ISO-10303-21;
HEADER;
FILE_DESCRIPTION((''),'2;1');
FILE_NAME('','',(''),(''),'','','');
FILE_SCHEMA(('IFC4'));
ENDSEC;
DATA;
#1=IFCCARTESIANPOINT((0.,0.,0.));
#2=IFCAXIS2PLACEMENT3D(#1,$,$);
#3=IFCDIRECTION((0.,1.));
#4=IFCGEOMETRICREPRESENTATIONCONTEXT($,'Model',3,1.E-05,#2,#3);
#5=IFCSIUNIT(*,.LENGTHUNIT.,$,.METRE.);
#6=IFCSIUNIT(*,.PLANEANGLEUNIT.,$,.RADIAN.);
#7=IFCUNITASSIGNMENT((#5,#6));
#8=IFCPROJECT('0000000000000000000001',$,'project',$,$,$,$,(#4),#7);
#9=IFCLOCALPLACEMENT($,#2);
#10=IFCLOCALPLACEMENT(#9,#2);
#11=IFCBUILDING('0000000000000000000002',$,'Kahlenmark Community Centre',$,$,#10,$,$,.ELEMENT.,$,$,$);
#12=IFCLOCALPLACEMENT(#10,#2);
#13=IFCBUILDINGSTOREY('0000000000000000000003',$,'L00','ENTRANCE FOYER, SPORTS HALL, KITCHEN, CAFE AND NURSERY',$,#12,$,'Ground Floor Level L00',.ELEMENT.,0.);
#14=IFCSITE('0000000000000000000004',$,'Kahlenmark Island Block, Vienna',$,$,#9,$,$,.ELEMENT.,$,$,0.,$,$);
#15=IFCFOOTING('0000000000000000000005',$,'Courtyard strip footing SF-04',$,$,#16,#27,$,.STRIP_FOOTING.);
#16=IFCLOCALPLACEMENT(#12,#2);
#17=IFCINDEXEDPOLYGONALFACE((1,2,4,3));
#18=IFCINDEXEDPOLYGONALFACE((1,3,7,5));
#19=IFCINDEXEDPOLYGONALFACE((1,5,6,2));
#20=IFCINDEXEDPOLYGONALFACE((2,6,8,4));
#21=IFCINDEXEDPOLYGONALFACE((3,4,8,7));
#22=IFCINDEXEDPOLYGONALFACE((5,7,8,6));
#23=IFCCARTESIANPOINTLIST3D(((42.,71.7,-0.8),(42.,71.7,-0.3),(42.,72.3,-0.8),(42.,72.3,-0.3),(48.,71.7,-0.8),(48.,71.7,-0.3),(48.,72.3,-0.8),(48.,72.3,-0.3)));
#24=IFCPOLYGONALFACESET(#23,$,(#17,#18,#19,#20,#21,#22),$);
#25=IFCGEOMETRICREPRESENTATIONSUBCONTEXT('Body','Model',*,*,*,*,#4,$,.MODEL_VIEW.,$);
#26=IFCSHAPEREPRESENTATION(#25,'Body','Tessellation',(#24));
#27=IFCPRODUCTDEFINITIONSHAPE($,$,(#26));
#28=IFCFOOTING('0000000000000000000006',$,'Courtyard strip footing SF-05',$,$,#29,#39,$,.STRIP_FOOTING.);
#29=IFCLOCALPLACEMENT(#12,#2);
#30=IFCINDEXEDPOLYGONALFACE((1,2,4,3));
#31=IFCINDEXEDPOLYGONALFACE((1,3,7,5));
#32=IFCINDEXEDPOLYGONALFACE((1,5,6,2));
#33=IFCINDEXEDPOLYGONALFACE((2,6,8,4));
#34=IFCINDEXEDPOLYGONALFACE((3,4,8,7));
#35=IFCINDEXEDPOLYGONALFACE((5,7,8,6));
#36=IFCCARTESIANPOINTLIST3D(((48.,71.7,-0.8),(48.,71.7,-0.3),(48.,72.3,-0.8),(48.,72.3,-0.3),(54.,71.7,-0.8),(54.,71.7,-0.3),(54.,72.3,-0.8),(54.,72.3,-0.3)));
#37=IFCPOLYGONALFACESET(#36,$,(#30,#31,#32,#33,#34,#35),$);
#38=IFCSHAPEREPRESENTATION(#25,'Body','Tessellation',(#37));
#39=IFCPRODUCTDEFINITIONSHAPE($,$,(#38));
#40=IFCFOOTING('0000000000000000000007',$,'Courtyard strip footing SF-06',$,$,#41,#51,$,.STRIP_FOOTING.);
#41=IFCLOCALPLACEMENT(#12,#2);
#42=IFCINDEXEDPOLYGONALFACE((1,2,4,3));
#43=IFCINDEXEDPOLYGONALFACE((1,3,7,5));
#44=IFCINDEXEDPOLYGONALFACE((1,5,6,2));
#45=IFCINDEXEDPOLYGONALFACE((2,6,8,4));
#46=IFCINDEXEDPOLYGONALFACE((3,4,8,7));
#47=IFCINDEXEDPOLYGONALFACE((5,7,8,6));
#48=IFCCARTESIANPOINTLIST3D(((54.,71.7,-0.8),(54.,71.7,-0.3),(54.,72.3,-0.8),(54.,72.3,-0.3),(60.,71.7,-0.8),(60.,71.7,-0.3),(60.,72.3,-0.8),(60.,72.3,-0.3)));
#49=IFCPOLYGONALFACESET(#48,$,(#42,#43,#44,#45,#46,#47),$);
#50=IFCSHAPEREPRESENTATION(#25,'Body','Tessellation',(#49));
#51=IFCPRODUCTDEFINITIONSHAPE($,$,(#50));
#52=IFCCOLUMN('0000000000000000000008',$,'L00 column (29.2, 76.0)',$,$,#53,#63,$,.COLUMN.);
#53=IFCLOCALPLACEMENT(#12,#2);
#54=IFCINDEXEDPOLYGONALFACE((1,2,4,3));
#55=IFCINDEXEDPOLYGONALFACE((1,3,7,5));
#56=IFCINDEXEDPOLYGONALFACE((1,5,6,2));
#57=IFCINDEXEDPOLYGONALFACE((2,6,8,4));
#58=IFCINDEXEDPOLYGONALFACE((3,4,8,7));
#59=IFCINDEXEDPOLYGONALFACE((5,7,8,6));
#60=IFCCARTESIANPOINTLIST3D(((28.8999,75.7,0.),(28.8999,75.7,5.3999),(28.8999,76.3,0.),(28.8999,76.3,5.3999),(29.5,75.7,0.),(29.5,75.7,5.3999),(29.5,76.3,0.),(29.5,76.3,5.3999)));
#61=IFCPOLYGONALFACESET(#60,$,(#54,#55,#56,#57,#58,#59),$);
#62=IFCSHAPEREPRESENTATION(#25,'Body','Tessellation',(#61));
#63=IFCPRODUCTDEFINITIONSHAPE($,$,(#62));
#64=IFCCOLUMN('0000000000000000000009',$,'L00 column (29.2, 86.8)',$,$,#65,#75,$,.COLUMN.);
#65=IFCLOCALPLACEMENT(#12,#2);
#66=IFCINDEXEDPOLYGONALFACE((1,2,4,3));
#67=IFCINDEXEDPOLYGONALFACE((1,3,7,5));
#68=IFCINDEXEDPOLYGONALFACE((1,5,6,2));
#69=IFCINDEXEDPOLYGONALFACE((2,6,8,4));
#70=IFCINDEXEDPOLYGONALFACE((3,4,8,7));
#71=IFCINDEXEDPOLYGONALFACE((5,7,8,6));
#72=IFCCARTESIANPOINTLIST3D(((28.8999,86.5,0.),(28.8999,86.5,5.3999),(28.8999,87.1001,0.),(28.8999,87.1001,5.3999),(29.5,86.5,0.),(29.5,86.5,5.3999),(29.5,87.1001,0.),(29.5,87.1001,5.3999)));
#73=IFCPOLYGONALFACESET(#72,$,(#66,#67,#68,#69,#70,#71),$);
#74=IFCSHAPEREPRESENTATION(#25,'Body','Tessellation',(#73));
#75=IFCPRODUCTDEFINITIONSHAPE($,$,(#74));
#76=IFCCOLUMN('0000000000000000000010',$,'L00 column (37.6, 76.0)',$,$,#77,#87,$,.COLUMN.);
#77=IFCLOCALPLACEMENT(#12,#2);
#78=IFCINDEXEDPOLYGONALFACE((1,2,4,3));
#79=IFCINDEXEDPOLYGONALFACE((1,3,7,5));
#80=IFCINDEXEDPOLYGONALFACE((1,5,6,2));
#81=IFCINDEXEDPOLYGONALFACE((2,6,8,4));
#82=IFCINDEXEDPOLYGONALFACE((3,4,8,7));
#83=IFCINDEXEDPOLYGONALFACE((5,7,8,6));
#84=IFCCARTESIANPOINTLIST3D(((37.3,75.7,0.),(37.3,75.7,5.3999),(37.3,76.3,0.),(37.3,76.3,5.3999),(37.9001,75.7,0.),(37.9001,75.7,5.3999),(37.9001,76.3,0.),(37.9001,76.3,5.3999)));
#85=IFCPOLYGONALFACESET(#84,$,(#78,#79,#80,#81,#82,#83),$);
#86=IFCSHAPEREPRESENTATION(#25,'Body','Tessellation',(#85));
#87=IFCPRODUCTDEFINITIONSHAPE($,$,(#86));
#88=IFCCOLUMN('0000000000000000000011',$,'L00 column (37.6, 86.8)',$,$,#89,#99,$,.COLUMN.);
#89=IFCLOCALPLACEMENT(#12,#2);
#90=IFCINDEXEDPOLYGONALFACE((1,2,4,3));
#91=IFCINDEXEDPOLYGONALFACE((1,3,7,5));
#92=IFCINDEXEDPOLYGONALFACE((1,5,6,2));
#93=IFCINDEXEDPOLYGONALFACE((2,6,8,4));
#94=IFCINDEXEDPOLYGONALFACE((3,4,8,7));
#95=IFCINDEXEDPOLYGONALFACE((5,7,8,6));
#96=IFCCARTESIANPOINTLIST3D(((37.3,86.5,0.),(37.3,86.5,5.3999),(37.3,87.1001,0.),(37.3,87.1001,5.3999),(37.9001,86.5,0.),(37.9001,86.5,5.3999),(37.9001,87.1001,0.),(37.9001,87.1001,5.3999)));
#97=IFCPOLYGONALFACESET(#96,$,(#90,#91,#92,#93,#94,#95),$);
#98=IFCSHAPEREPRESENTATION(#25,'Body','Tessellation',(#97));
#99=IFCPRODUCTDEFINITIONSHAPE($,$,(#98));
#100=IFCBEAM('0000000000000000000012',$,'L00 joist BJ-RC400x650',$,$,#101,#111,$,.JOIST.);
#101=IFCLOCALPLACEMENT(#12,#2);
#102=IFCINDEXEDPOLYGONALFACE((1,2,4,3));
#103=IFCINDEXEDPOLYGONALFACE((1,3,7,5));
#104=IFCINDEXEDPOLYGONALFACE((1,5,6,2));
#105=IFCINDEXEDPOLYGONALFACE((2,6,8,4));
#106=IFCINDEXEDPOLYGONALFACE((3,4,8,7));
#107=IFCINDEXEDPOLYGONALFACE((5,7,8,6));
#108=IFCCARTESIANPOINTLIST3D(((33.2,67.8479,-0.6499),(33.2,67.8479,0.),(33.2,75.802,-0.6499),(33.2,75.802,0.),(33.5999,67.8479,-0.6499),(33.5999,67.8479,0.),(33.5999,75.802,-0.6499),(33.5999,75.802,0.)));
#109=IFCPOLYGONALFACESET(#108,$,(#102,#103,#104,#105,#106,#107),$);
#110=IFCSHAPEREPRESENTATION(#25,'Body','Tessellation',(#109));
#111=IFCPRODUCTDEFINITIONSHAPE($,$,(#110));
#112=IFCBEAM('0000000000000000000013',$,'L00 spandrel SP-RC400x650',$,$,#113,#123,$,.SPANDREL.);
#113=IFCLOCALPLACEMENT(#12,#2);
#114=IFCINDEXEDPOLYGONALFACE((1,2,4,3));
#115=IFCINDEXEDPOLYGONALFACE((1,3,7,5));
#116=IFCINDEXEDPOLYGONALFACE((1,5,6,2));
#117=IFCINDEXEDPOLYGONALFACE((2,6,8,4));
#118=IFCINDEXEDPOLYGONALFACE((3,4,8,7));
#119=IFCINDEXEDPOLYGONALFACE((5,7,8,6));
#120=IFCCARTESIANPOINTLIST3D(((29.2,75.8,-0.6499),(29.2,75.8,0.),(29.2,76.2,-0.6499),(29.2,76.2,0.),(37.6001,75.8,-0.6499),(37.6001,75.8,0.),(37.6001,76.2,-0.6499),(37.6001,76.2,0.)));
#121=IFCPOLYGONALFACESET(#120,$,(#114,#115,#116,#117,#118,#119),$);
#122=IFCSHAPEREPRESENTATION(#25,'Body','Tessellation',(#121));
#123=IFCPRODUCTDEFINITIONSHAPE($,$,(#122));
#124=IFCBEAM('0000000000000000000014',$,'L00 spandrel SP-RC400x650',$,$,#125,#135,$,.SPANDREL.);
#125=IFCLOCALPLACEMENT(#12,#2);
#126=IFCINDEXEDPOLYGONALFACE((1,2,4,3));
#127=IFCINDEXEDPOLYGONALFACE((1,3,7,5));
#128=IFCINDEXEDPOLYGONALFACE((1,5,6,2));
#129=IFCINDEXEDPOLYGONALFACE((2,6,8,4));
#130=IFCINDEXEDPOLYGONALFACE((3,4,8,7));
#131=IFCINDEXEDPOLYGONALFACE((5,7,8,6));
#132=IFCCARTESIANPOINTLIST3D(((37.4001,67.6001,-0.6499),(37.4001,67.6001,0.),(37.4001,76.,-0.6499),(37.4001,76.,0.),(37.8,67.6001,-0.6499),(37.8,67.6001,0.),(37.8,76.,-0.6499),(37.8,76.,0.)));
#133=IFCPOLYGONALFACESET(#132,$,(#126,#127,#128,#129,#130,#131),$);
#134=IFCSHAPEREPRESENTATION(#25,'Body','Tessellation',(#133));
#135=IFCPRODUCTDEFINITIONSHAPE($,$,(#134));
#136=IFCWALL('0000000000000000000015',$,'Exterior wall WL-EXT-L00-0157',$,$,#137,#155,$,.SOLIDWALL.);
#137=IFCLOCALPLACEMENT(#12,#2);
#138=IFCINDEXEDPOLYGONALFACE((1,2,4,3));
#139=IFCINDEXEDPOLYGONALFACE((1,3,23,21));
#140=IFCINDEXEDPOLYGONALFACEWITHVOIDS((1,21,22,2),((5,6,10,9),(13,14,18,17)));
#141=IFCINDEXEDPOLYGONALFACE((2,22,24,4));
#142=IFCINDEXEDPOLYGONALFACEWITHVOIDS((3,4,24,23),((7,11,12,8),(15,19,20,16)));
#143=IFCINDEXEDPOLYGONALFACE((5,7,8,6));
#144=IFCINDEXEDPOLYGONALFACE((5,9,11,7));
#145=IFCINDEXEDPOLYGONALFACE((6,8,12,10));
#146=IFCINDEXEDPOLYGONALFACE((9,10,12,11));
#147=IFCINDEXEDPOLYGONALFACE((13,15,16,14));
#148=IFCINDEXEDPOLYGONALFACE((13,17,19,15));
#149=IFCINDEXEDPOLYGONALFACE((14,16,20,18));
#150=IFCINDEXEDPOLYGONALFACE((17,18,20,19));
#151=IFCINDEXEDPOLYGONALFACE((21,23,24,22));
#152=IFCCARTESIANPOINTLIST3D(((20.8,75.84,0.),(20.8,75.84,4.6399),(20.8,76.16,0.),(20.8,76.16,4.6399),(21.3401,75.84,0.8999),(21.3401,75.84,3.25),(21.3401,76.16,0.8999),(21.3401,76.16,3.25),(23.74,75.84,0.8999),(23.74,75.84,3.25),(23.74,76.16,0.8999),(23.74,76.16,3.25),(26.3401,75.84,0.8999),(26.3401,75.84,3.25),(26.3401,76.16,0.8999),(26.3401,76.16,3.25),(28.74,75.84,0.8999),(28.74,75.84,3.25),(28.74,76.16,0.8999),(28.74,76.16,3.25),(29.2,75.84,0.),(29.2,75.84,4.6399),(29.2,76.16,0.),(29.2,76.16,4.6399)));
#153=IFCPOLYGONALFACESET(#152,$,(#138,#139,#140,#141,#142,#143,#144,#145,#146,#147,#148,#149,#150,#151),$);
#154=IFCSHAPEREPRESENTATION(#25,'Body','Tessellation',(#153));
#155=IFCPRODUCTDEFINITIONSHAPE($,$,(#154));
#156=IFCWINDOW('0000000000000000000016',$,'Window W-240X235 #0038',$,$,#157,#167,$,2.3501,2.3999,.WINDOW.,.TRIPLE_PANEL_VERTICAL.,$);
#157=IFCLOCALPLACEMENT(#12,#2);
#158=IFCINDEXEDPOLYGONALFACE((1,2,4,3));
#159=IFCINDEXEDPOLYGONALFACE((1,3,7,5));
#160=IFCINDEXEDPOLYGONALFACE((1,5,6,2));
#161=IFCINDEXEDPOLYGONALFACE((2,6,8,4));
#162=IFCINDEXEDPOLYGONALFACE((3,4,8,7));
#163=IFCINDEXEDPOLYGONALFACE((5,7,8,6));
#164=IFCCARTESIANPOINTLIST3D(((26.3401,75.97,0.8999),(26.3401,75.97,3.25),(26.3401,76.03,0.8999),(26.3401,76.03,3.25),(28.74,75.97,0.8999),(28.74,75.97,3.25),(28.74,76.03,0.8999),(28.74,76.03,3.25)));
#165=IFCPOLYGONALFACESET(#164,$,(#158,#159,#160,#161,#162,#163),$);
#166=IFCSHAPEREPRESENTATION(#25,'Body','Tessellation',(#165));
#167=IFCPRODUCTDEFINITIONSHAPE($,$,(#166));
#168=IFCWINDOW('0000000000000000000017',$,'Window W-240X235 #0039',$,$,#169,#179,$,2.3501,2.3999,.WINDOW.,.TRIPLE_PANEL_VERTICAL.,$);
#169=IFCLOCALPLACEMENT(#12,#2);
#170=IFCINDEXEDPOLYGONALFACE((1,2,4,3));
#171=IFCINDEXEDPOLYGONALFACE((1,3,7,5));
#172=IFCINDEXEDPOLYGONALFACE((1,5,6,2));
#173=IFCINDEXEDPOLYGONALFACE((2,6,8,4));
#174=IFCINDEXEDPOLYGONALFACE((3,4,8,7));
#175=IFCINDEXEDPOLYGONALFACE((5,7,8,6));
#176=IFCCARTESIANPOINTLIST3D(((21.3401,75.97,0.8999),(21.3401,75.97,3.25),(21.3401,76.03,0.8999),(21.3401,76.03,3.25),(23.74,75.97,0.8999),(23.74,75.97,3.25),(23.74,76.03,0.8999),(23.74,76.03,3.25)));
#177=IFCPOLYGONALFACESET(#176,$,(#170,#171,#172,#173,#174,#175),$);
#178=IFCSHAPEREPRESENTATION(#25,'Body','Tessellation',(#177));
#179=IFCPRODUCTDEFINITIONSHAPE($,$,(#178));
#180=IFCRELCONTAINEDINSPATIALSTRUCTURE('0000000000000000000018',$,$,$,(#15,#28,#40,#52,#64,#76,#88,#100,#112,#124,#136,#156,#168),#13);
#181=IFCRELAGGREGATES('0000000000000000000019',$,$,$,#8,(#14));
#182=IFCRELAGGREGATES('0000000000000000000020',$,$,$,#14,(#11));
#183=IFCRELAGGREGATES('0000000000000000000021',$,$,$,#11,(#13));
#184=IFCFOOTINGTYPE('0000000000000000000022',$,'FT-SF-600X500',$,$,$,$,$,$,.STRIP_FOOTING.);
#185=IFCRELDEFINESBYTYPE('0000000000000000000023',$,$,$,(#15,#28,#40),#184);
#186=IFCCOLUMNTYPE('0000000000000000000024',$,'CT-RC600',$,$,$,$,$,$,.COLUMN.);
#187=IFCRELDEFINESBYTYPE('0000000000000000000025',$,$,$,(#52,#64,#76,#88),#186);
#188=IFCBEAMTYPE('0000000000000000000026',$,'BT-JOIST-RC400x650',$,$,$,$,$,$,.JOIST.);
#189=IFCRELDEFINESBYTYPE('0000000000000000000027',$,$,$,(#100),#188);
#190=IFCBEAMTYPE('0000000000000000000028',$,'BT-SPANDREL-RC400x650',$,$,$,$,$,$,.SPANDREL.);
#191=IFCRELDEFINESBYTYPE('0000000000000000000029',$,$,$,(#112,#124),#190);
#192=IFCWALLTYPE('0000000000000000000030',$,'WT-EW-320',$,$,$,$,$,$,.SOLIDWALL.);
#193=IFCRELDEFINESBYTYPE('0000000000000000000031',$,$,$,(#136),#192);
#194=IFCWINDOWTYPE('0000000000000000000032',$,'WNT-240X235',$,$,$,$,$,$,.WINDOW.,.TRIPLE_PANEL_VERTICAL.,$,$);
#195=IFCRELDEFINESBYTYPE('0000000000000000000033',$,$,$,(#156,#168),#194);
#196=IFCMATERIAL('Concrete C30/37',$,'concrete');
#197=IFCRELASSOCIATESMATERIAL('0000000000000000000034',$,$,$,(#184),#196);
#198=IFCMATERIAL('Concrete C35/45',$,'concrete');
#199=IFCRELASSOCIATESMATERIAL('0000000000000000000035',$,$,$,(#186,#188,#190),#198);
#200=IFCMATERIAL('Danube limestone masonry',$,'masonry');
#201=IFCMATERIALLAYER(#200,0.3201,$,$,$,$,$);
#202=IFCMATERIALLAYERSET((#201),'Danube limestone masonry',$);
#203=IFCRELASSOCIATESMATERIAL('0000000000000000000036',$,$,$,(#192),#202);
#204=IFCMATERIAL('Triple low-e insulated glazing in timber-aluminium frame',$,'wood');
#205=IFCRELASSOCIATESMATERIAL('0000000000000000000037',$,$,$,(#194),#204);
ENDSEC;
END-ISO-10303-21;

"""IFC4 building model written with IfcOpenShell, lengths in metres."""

from ifc_helpers import new_model, si_unit, direction, frame, frame_2d, origin, origin_2d, place, context, subcontext, project, spatial, rectangle, extrude, material, layer, layer_set, material_profile, profile_set, type_object, element, fill, save


model = new_model("IFC4")

# Units and contexts
model_context = context("Model", 3, precision=1e-05, world=origin(), true_north=direction((0.0, 1.0)))
body_context = subcontext(model_context, "Body", "Model", "MODEL_VIEW")
ifc_project = project(units=[si_unit("LENGTHUNIT", "METRE"), si_unit("PLANEANGLEUNIT", "RADIAN")], contexts=[model_context])

# Site, building, storey
site_placement = place(None, origin())
site = spatial("IfcSite", under=ifc_project, at=site_placement, Name="Kahlenmark Island Block, Vienna", CompositionType="ELEMENT", RefElevation=0.0)
building_placement = place(site_placement, origin())
building = spatial("IfcBuilding", under=site, at=building_placement, Name="Kahlenmark Community Centre", CompositionType="ELEMENT")
storey_placement = place(building_placement, origin())
storey = spatial("IfcBuildingStorey", under=building, at=storey_placement, Name="L00", Description="ENTRANCE FOYER, SPORTS HALL, KITCHEN, CAFE AND NURSERY", LongName="Ground Floor Level L00", CompositionType="ELEMENT", Elevation=0.0)

# Footings
ifc_material_1 = material(Name="Concrete C30/37", Category="concrete")
footing_type = type_object("IfcFootingType", Name="FT-SF-600X500", PredefinedType="STRIP_FOOTING", material=ifc_material_1)
for number, where, z_axis, x_axis, name in (
    (1, (45.0, 72.0, -0.8), (0.0, 0.0, 1.0), (1.0, 0.0, 0.0), "Courtyard strip footing SF-04"),
    (2, (51.0, 72.0, -0.8), (0.0, 0.0, 1.0), (1.0, 0.0, 0.0), "Courtyard strip footing SF-05"),
    (3, (57.0, 72.0, -0.8), (0.0, 0.0, 1.0), (1.0, 0.0, 0.0), "Courtyard strip footing SF-06"),
):
    element("IfcFooting", number, at=place(storey_placement, frame(where, z_axis=z_axis, x_axis=x_axis)), inside=storey, type_object=footing_type, Name=name, PredefinedType="STRIP_FOOTING", context=body_context, shape_type="SweptSolid", body=[
        extrude(rectangle(XDim=6.0, YDim=0.6001, at=origin_2d()), origin(), (0.0, 0.0, 1.0), 0.5),
    ])

# Columns
ifc_material_2 = material(Name="Concrete C35/45", Category="concrete")
ifc_material_profile_1 = material_profile(ifc_material_2, rectangle(XDim=0.6001, YDim=0.6001, at=origin_2d()), Name="RC 600x600")
ifc_profile_set_1 = profile_set([ifc_material_profile_1], Name="Concrete C35/45")
column_type = type_object("IfcColumnType", Name="CT-RC600", PredefinedType="COLUMN", material=ifc_profile_set_1)
for number, where, z_axis, x_axis, name in (
    (4, (29.2, 76.0, 0.0), (0.0, 0.0, 1.0), (1.0, 0.0, 0.0), "L00 column (29.2, 76.0)"),
    (5, (29.2, 86.8, 0.0), (0.0, 0.0, 1.0), (1.0, 0.0, 0.0), "L00 column (29.2, 86.8)"),
    (6, (37.6001, 76.0, 0.0), (0.0, 0.0, 1.0), (1.0, 0.0, 0.0), "L00 column (37.6, 76.0)"),
    (7, (37.6001, 86.8, 0.0), (0.0, 0.0, 1.0), (1.0, 0.0, 0.0), "L00 column (37.6, 86.8)"),
):
    element("IfcColumn", number, at=place(storey_placement, frame(where, z_axis=z_axis, x_axis=x_axis)), inside=storey, type_object=column_type, Name=name, PredefinedType="COLUMN", context=body_context, shape_type="SweptSolid", body=[
        extrude(rectangle(XDim=0.6001, YDim=0.6001, at=origin_2d()), origin(), (0.0, 0.0, 1.0), 5.3999),
    ])

# Beams
ifc_material_profile_2 = material_profile(ifc_material_2, rectangle(XDim=0.3999, YDim=0.6499, at=origin_2d()), Name="RC 400x650")
ifc_profile_set_2 = profile_set([ifc_material_profile_2], Name="Concrete C35/45")
beam_type_1 = type_object("IfcBeamType", Name="BT-JOIST-RC400x650", PredefinedType="JOIST", material=ifc_profile_set_2)
beam_1_placement = place(storey_placement, frame((33.3999, 67.8479, -0.325), z_axis=(0.0, 1.0, 0.0), x_axis=(-1.0, 0.0, 0.0)))
element("IfcBeam", 8, at=beam_1_placement, inside=storey, type_object=beam_type_1, Name="L00 joist BJ-RC400x650", PredefinedType="JOIST", context=body_context, shape_type="SweptSolid", body=[
    extrude(rectangle(XDim=0.3999, YDim=0.6499, at=origin_2d()), origin(), (0.0, 0.0, 1.0), 7.9541),
])
ifc_material_profile_3 = material_profile(ifc_material_2, rectangle(XDim=0.3999, YDim=0.6499, at=origin_2d()), Name="RC 400x650")
ifc_profile_set_3 = profile_set([ifc_material_profile_3], Name="Concrete C35/45")
beam_type_2 = type_object("IfcBeamType", Name="BT-SPANDREL-RC400x650", PredefinedType="SPANDREL", material=ifc_profile_set_3)
beam_2_placement = place(storey_placement, frame((29.2, 76.0, -0.325), z_axis=(1.0, 0.0, 0.0), x_axis=(0.0, 1.0, 0.0)))
element("IfcBeam", 9, at=beam_2_placement, inside=storey, type_object=beam_type_2, Name="L00 spandrel SP-RC400x650", PredefinedType="SPANDREL", context=body_context, shape_type="SweptSolid", body=[
    extrude(rectangle(XDim=0.3999, YDim=0.6499, at=origin_2d()), origin(), (0.0, 0.0, 1.0), 8.4001),
])
beam_3_placement = place(storey_placement, frame((37.6001, 67.6001, -0.325), z_axis=(0.0, 1.0, 0.0), x_axis=(-1.0, 0.0, 0.0)))
element("IfcBeam", 10, at=beam_3_placement, inside=storey, type_object=beam_type_2, Name="L00 spandrel SP-RC400x650", PredefinedType="SPANDREL", context=body_context, shape_type="SweptSolid", body=[
    extrude(rectangle(XDim=0.3999, YDim=0.6499, at=origin_2d()), origin(), (0.0, 0.0, 1.0), 8.3999),
])

# Wall, openings, windows
ifc_material_3 = material(Name="Danube limestone masonry", Category="masonry")
ifc_layer_1 = layer(ifc_material_3, 0.3201)
ifc_layer_set_1 = layer_set([ifc_layer_1], Name="Danube limestone masonry")
wall_type_1 = type_object("IfcWallType", Name="WT-EW-320", PredefinedType="SOLIDWALL", material=ifc_layer_set_1)
wall_1_placement = place(storey_placement, frame((29.2, 76.0, 0.0), z_axis=(0.0, 0.0, 1.0), x_axis=(-1.0, 0.0, 0.0)))
wall_1 = element("IfcWall", 11, at=wall_1_placement, inside=storey, type_object=wall_type_1, Name="Exterior wall WL-EXT-L00-0157", PredefinedType="SOLIDWALL", context=body_context, shape_type="SweptSolid", body=[
    extrude(rectangle(XDim=8.3999, YDim=0.3201, at=frame_2d((4.2, 0.0))), origin(), (0.0, 0.0, 1.0), 4.6399),
])
opening_1_placement = place(wall_1_placement, frame((0.46, 0.0, 0.8999)))
opening_1 = element("IfcOpeningElement", 12, at=opening_1_placement, cuts=wall_1, PredefinedType="OPENING", context=body_context, shape_type="SweptSolid", body=[
    extrude(rectangle(XDim=2.3999, YDim=2.3501, at=frame_2d((1.2, 1.175))), frame((0.0, 0.1699, 0.0), z_axis=(0.0, -1.0, 0.0), x_axis=(1.0, 0.0, 0.0)), (0.0, 0.0, 1.0), 0.3401),
])
opening_2_placement = place(wall_1_placement, frame((5.46, 0.0, 0.8999)))
opening_2 = element("IfcOpeningElement", 13, at=opening_2_placement, cuts=wall_1, PredefinedType="OPENING", context=body_context, shape_type="SweptSolid", body=[
    extrude(rectangle(XDim=2.3999, YDim=2.3501, at=frame_2d((1.2, 1.175))), frame((0.0, 0.1699, 0.0), z_axis=(0.0, -1.0, 0.0), x_axis=(1.0, 0.0, 0.0)), (0.0, 0.0, 1.0), 0.3401),
])
ifc_material_4 = material(Name="Triple low-e insulated glazing in timber-aluminium frame", Category="wood")
window_type = type_object("IfcWindowType", Name="WNT-240X235", PartitioningType="TRIPLE_PANEL_VERTICAL", PredefinedType="WINDOW", material=ifc_material_4)
window_1_placement = place(opening_1_placement, origin())
window_1 = element("IfcWindow", 14, at=window_1_placement, inside=storey, type_object=window_type, Name="Window W-240X235 #0038", OverallHeight=2.3501, OverallWidth=2.3999, PartitioningType="TRIPLE_PANEL_VERTICAL", PredefinedType="WINDOW", context=body_context, shape_type="SweptSolid", body=[
    extrude(rectangle(XDim=2.3999, YDim=2.3501, at=frame_2d((1.2, 1.175))), frame((0.0, 0.03, 0.0), z_axis=(0.0, -1.0, 0.0), x_axis=(1.0, 0.0, 0.0)), (0.0, 0.0, 1.0), 0.0601),
])
fill(opening_1, window_1)
window_2_placement = place(opening_2_placement, origin())
window_2 = element("IfcWindow", 15, at=window_2_placement, inside=storey, type_object=window_type, Name="Window W-240X235 #0039", OverallHeight=2.3501, OverallWidth=2.3999, PartitioningType="TRIPLE_PANEL_VERTICAL", PredefinedType="WINDOW", context=body_context, shape_type="SweptSolid", body=[
    extrude(rectangle(XDim=2.3999, YDim=2.3501, at=frame_2d((1.2, 1.175))), frame((0.0, 0.03, 0.0), z_axis=(0.0, -1.0, 0.0), x_axis=(1.0, 0.0, 0.0)), (0.0, 0.0, 1.0), 0.0601),
])
fill(opening_2, window_2)

save(model, "model.ifc")
